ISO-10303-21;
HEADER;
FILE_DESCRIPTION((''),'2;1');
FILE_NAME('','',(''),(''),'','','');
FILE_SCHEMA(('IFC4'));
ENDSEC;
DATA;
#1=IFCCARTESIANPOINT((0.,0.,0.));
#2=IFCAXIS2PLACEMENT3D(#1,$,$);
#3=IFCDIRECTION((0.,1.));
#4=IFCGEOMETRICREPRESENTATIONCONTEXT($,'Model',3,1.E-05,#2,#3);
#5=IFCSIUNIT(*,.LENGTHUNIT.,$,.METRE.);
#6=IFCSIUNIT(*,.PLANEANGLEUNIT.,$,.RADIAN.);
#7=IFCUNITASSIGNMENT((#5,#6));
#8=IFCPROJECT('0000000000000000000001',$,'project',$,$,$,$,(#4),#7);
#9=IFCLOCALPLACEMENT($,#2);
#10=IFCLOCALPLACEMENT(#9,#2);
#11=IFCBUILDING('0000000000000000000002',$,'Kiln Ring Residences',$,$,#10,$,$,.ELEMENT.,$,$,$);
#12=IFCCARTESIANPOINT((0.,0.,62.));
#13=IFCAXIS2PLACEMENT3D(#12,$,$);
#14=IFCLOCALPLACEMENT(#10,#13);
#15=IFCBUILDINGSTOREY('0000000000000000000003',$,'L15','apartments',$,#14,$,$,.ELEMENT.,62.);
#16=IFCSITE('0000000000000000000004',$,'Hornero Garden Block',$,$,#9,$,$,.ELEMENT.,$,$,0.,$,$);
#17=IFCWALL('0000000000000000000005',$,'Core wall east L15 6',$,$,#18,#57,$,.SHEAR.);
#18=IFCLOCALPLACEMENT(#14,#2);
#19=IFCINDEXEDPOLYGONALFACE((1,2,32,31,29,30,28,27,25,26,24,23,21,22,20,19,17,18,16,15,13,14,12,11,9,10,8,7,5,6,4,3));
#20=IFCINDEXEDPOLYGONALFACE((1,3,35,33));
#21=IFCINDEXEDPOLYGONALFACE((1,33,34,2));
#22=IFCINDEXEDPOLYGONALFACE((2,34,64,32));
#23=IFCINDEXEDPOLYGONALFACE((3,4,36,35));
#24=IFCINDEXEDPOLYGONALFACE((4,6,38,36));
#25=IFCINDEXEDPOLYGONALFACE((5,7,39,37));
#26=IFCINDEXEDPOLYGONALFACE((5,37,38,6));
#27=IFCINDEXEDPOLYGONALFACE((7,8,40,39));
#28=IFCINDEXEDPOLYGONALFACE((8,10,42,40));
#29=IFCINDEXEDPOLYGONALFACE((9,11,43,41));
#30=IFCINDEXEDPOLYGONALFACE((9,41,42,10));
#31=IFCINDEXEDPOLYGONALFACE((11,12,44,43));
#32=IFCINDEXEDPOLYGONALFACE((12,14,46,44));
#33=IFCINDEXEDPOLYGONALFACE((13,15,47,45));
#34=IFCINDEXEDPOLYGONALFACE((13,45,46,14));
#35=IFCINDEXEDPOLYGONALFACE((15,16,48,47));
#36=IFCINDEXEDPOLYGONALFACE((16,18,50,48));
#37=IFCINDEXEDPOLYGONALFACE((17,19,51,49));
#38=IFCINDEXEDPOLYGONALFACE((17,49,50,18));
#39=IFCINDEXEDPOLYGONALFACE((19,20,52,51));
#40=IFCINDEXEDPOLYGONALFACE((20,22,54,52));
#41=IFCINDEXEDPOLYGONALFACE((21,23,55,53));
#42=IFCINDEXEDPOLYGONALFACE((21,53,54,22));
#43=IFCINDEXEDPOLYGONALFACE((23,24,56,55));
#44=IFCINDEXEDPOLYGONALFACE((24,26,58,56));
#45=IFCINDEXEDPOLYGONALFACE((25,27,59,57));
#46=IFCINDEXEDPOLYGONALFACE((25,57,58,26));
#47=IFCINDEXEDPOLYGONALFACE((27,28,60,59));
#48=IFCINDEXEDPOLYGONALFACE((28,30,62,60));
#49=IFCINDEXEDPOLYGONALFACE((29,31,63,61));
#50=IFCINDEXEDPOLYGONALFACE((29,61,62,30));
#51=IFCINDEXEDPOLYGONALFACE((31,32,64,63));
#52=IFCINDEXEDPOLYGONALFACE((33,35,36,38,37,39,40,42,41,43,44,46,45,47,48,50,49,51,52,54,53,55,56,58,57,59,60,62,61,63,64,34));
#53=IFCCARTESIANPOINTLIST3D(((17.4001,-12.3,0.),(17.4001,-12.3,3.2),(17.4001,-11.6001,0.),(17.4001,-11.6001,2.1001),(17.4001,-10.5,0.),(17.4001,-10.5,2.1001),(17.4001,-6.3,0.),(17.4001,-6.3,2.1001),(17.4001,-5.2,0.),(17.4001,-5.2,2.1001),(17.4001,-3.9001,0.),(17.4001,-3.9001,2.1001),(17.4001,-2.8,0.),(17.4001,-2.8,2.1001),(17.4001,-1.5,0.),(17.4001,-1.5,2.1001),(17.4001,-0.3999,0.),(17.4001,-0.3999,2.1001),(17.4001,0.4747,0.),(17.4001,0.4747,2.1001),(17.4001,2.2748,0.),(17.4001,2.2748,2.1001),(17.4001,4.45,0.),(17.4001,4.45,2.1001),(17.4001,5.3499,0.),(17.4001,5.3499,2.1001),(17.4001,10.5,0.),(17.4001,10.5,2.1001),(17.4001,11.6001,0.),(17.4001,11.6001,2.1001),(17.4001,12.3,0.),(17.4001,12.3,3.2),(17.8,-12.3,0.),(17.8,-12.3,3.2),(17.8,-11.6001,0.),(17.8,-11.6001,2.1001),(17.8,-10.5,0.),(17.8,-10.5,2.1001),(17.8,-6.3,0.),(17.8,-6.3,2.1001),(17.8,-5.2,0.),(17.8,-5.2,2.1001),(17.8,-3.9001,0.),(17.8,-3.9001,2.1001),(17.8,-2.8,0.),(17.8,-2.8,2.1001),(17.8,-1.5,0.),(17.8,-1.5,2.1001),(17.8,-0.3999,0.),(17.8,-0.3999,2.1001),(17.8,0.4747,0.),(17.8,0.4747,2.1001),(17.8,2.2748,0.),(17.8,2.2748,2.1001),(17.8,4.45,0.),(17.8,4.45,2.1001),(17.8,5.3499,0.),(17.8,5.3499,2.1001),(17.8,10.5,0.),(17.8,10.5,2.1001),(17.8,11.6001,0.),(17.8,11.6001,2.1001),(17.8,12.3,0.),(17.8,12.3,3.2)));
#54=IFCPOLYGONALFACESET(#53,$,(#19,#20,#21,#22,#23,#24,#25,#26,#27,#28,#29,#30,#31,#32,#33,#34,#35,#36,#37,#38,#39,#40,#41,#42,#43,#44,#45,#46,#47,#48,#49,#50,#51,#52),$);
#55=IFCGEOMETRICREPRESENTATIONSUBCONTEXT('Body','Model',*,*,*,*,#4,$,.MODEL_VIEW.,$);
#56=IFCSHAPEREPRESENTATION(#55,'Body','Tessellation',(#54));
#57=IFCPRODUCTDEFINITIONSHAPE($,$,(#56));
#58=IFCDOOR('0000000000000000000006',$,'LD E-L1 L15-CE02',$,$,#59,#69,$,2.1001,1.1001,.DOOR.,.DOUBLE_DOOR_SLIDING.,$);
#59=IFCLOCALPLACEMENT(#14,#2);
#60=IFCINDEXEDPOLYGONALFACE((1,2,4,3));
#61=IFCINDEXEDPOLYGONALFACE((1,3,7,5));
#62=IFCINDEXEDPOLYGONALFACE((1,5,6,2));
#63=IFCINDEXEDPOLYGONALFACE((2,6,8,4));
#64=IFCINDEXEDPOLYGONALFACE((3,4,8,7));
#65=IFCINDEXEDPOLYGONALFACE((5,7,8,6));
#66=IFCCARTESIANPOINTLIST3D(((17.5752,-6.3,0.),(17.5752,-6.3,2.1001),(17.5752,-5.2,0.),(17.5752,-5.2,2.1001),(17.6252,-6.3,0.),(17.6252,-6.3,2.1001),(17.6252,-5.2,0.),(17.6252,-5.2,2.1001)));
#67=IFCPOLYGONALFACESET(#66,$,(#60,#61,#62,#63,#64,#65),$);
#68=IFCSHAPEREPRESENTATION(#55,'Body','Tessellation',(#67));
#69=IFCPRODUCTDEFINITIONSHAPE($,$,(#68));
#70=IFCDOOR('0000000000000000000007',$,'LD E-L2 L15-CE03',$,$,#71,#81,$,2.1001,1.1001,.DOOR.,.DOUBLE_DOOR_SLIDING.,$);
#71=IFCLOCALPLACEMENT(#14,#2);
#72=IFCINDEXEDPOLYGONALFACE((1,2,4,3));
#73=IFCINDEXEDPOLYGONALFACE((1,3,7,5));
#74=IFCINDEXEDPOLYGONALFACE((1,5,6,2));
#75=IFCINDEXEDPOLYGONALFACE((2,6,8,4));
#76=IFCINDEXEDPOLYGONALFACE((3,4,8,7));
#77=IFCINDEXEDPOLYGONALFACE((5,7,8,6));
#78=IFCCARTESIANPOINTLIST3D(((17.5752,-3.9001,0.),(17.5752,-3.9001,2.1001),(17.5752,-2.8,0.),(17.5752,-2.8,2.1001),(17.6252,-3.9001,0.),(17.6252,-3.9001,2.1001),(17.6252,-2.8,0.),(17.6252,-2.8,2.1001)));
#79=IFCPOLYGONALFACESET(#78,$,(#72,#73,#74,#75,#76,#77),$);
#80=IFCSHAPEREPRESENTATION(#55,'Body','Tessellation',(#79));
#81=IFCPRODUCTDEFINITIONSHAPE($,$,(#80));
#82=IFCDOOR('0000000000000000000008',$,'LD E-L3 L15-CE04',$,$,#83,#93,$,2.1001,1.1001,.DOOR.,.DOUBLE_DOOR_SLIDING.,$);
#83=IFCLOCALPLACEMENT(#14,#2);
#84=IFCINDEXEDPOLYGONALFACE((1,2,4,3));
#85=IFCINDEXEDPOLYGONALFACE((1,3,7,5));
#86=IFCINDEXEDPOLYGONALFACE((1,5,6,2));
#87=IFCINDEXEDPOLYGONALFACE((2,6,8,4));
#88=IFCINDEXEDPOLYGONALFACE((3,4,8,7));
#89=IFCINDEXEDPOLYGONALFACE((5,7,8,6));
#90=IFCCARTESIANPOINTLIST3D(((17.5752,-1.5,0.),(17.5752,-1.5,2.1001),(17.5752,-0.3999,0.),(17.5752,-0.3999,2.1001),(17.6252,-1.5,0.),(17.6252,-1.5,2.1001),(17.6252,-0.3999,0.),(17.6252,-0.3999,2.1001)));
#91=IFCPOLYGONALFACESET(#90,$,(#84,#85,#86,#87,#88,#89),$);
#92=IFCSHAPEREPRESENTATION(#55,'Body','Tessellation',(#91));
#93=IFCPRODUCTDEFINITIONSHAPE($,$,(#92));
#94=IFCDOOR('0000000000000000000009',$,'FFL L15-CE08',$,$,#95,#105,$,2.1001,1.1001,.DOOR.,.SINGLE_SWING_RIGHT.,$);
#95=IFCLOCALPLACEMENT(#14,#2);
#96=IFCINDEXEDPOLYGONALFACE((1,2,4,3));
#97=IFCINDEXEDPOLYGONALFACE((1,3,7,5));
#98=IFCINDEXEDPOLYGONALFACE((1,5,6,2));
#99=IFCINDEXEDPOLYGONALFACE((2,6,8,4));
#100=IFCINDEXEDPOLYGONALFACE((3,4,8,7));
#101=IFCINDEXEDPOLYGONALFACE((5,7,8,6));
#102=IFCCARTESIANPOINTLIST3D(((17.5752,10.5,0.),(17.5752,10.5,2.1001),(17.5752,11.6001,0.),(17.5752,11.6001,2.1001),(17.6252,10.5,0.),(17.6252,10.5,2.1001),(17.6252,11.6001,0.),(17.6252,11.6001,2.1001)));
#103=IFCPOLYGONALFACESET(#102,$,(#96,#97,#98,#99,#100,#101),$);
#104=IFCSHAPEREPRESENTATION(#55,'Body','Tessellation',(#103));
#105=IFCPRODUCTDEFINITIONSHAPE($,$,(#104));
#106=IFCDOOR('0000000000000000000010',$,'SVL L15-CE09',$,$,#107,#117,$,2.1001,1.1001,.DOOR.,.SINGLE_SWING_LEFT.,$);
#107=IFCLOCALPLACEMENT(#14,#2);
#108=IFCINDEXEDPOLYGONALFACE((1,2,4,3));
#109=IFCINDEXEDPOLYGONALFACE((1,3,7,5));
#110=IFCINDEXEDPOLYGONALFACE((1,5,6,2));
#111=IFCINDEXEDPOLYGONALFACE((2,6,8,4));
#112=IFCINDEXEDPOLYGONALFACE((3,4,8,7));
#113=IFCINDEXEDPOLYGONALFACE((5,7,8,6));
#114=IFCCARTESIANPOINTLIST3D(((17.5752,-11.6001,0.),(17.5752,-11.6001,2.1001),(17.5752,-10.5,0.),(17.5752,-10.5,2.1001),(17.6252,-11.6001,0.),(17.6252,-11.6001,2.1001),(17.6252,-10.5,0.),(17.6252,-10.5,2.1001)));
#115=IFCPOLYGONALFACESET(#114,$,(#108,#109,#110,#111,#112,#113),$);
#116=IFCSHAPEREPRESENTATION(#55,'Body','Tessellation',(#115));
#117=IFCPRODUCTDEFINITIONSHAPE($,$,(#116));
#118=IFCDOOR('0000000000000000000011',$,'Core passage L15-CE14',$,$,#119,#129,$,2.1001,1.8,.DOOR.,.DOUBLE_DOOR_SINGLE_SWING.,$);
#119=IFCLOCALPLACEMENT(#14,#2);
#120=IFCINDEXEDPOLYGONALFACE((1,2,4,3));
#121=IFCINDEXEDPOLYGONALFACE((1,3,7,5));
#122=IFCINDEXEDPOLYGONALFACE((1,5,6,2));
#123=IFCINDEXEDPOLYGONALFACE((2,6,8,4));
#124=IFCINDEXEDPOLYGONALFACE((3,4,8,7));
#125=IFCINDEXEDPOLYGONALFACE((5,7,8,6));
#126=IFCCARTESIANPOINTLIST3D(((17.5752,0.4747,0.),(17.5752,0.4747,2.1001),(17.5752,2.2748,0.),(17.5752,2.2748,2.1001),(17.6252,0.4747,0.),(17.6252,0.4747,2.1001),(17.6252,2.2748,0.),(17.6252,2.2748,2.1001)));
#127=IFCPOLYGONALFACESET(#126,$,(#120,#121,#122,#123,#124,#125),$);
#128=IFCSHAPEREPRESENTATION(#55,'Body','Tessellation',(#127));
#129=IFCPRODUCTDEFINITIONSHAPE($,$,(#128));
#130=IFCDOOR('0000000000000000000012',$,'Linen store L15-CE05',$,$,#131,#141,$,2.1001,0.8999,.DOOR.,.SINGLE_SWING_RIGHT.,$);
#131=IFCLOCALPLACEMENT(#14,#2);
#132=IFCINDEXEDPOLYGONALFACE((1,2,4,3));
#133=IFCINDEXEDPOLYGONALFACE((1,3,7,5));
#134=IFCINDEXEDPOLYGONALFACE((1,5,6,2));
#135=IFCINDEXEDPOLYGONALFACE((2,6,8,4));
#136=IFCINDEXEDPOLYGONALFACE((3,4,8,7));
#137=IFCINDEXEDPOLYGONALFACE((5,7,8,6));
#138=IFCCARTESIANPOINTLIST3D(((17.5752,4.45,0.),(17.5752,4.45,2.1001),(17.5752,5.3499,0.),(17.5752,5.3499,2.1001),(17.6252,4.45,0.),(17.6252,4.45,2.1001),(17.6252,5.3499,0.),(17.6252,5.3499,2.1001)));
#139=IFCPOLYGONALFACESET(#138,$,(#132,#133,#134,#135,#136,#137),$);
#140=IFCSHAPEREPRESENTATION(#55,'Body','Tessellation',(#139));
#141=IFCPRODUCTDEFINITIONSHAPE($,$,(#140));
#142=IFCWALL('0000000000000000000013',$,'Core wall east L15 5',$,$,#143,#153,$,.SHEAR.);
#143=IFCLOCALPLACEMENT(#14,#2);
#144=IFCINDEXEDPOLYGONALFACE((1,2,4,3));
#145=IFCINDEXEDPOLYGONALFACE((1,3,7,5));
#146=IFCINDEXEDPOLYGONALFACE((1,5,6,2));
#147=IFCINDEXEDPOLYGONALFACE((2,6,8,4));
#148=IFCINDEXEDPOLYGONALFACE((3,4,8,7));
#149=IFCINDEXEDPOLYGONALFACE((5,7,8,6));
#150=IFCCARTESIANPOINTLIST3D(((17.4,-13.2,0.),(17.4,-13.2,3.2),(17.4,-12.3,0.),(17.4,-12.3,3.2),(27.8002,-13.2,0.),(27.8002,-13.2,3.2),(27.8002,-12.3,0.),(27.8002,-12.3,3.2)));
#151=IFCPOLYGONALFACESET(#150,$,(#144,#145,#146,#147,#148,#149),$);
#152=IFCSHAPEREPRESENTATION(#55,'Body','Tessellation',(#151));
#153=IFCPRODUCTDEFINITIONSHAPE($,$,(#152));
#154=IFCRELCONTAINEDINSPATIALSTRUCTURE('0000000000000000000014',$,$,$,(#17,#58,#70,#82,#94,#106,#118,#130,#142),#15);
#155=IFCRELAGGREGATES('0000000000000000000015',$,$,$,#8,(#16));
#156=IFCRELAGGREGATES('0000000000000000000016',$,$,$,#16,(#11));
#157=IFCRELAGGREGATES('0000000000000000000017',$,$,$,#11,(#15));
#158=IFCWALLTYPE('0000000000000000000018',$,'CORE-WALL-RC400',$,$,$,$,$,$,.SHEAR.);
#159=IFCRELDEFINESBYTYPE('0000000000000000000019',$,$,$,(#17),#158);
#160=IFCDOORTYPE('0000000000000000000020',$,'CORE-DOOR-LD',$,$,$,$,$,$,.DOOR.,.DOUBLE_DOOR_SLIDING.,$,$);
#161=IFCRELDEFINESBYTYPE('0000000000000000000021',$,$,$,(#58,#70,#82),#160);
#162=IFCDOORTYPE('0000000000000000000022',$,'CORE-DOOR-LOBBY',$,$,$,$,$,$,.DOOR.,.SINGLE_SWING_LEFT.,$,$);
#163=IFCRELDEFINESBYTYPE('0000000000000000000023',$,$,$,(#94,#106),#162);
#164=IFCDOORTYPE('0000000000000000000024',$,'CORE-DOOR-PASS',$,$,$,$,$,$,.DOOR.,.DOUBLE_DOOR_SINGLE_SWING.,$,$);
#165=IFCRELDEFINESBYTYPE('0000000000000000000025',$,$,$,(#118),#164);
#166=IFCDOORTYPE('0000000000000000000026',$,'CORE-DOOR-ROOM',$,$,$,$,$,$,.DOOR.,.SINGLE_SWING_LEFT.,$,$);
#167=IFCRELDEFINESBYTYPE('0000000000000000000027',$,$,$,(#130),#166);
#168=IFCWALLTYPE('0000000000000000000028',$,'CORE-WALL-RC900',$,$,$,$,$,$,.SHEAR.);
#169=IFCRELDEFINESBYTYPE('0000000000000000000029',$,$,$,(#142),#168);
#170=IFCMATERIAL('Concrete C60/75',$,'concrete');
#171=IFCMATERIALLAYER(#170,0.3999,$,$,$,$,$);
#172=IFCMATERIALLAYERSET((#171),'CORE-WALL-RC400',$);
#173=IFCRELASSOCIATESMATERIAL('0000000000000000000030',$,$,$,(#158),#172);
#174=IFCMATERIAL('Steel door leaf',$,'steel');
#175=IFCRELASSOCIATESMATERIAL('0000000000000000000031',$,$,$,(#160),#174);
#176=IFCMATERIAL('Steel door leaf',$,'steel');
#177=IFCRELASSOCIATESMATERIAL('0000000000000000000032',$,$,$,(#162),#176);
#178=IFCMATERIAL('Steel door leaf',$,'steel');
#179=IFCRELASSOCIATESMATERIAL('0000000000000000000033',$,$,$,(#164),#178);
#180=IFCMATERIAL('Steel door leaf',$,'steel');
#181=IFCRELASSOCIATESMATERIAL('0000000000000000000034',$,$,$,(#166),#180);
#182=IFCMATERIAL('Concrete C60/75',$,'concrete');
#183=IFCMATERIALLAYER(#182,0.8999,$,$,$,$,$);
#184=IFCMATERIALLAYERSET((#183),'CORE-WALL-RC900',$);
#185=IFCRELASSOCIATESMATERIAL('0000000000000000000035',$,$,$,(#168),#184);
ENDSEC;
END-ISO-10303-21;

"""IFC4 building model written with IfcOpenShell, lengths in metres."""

from ifc_helpers import new_model, si_unit, direction, frame, frame_2d, origin, place, context, subcontext, project, spatial, rectangle, extrude, material, layer, layer_set, type_object, element, fill, save


model = new_model("IFC4")

# Units and contexts
model_context = context("Model", 3, precision=1e-05, world=origin(), true_north=direction((0.0, 1.0)))
body_context = subcontext(model_context, "Body", "Model", "MODEL_VIEW")
ifc_project = project(units=[si_unit("LENGTHUNIT", "METRE"), si_unit("PLANEANGLEUNIT", "RADIAN")], contexts=[model_context])

# Site, building, storey
site_placement = place(None, origin())
site = spatial("IfcSite", under=ifc_project, at=site_placement, Name="Hornero Garden Block", CompositionType="ELEMENT", RefElevation=0.0)
building_placement = place(site_placement, origin())
building = spatial("IfcBuilding", under=site, at=building_placement, Name="Kiln Ring Residences", CompositionType="ELEMENT")
storey_placement = place(building_placement, frame((0.0, 0.0, 62.0)))
storey = spatial("IfcBuildingStorey", under=building, at=storey_placement, Name="L15", Description="apartments", CompositionType="ELEMENT", Elevation=62.0)

# Wall, openings, doors
ifc_material_1 = material(Name="Concrete C60/75", Category="concrete")
ifc_layer_1 = layer(ifc_material_1, 0.3999)
ifc_layer_set_1 = layer_set([ifc_layer_1], Name="CORE-WALL-RC400")
wall_type_1 = type_object("IfcWallType", Name="CORE-WALL-RC400", PredefinedType="SHEAR", material=ifc_layer_set_1)
wall_1_placement = place(storey_placement, frame((17.6001, -12.3, 0.0), z_axis=(0.0, 0.0, 1.0), x_axis=(0.0, 1.0, 0.0)))
wall_1 = element("IfcWall", 1, at=wall_1_placement, inside=storey, type_object=wall_type_1, Name="Core wall east L15 6", PredefinedType="SHEAR", context=body_context, shape_type="SweptSolid", body=[
    extrude(rectangle(XDim=24.6001, YDim=0.3999, at=frame_2d((12.3, 0.0))), origin(), (0.0, 0.0, 1.0), 3.2),
])
opening_1_placement = place(wall_1_placement, frame((6.0, 0.0, 0.0)))
opening_1 = element("IfcOpeningElement", 2, at=opening_1_placement, cuts=wall_1, PredefinedType="OPENING", context=body_context, shape_type="SweptSolid", body=[
    extrude(rectangle(XDim=1.1001, YDim=2.1001, at=frame_2d((0.55, 1.05))), frame((0.0, 0.21, 0.0), z_axis=(0.0, -1.0, 0.0), x_axis=(1.0, 0.0, 0.0)), (0.0, 0.0, 1.0), 0.4199),
])
opening_2_placement = place(wall_1_placement, frame((8.3999, 0.0, 0.0)))
opening_2 = element("IfcOpeningElement", 3, at=opening_2_placement, cuts=wall_1, PredefinedType="OPENING", context=body_context, shape_type="SweptSolid", body=[
    extrude(rectangle(XDim=1.1001, YDim=2.1001, at=frame_2d((0.55, 1.05))), frame((0.0, 0.21, 0.0), z_axis=(0.0, -1.0, 0.0), x_axis=(1.0, 0.0, 0.0)), (0.0, 0.0, 1.0), 0.4199),
])
opening_3_placement = place(wall_1_placement, frame((10.8, 0.0, 0.0)))
opening_3 = element("IfcOpeningElement", 4, at=opening_3_placement, cuts=wall_1, PredefinedType="OPENING", context=body_context, shape_type="SweptSolid", body=[
    extrude(rectangle(XDim=1.1001, YDim=2.1001, at=frame_2d((0.55, 1.05))), frame((0.0, 0.21, 0.0), z_axis=(0.0, -1.0, 0.0), x_axis=(1.0, 0.0, 0.0)), (0.0, 0.0, 1.0), 0.4199),
])
opening_4_placement = place(wall_1_placement, frame((16.75, 0.0, 0.0)))
opening_4 = element("IfcOpeningElement", 5, at=opening_4_placement, cuts=wall_1, PredefinedType="OPENING", context=body_context, shape_type="SweptSolid", body=[
    extrude(rectangle(XDim=0.8999, YDim=2.1001, at=frame_2d((0.45, 1.05))), frame((0.0, 0.21, 0.0), z_axis=(0.0, -1.0, 0.0), x_axis=(1.0, 0.0, 0.0)), (0.0, 0.0, 1.0), 0.4199),
])
opening_5_placement = place(wall_1_placement, frame((22.8, 0.0, 0.0)))
opening_5 = element("IfcOpeningElement", 6, at=opening_5_placement, cuts=wall_1, PredefinedType="OPENING", context=body_context, shape_type="SweptSolid", body=[
    extrude(rectangle(XDim=1.1001, YDim=2.1001, at=frame_2d((0.55, 1.05))), frame((0.0, 0.21, 0.0), z_axis=(0.0, -1.0, 0.0), x_axis=(1.0, 0.0, 0.0)), (0.0, 0.0, 1.0), 0.4199),
])
opening_6_placement = place(wall_1_placement, frame((0.7, 0.0, 0.0)))
opening_6 = element("IfcOpeningElement", 7, at=opening_6_placement, cuts=wall_1, PredefinedType="OPENING", context=body_context, shape_type="SweptSolid", body=[
    extrude(rectangle(XDim=1.1001, YDim=2.1001, at=frame_2d((0.55, 1.05))), frame((0.0, 0.21, 0.0), z_axis=(0.0, -1.0, 0.0), x_axis=(1.0, 0.0, 0.0)), (0.0, 0.0, 1.0), 0.4199),
])
opening_7_placement = place(wall_1_placement, frame((12.7749, 0.0, 0.0)))
opening_7 = element("IfcOpeningElement", 8, at=opening_7_placement, cuts=wall_1, PredefinedType="OPENING", context=body_context, shape_type="SweptSolid", body=[
    extrude(rectangle(XDim=1.8, YDim=2.1001, at=frame_2d((0.8999, 1.05))), frame((0.0, 0.21, 0.0), z_axis=(0.0, -1.0, 0.0), x_axis=(1.0, 0.0, 0.0)), (0.0, 0.0, 1.0), 0.4199),
])
ifc_material_2 = material(Name="Steel door leaf", Category="steel")
door_type_1 = type_object("IfcDoorType", Name="CORE-DOOR-LD", OperationType="DOUBLE_DOOR_SLIDING", PredefinedType="DOOR", material=ifc_material_2)
door_1_placement = place(opening_1_placement, origin())
door_1 = element("IfcDoor", 9, at=door_1_placement, inside=storey, type_object=door_type_1, Name="LD E-L1 L15-CE02", OperationType="DOUBLE_DOOR_SLIDING", OverallHeight=2.1001, OverallWidth=1.1001, PredefinedType="DOOR", context=body_context, shape_type="SweptSolid", body=[
    extrude(rectangle(XDim=1.1001, YDim=2.1001, at=frame_2d((0.55, 1.05))), frame((0.0, 0.0249, 0.0), z_axis=(0.0, -1.0, 0.0), x_axis=(1.0, 0.0, 0.0)), (0.0, 0.0, 1.0), 0.05),
])
fill(opening_1, door_1)
door_2_placement = place(opening_2_placement, origin())
door_2 = element("IfcDoor", 10, at=door_2_placement, inside=storey, type_object=door_type_1, Name="LD E-L2 L15-CE03", OperationType="DOUBLE_DOOR_SLIDING", OverallHeight=2.1001, OverallWidth=1.1001, PredefinedType="DOOR", context=body_context, shape_type="SweptSolid", body=[
    extrude(rectangle(XDim=1.1001, YDim=2.1001, at=frame_2d((0.55, 1.05))), frame((0.0, 0.0249, 0.0), z_axis=(0.0, -1.0, 0.0), x_axis=(1.0, 0.0, 0.0)), (0.0, 0.0, 1.0), 0.05),
])
fill(opening_2, door_2)
door_3_placement = place(opening_3_placement, origin())
door_3 = element("IfcDoor", 11, at=door_3_placement, inside=storey, type_object=door_type_1, Name="LD E-L3 L15-CE04", OperationType="DOUBLE_DOOR_SLIDING", OverallHeight=2.1001, OverallWidth=1.1001, PredefinedType="DOOR", context=body_context, shape_type="SweptSolid", body=[
    extrude(rectangle(XDim=1.1001, YDim=2.1001, at=frame_2d((0.55, 1.05))), frame((0.0, 0.0249, 0.0), z_axis=(0.0, -1.0, 0.0), x_axis=(1.0, 0.0, 0.0)), (0.0, 0.0, 1.0), 0.05),
])
fill(opening_3, door_3)
ifc_material_3 = material(Name="Steel door leaf", Category="steel")
door_type_2 = type_object("IfcDoorType", Name="CORE-DOOR-LOBBY", OperationType="SINGLE_SWING_LEFT", PredefinedType="DOOR", material=ifc_material_3)
door_4_placement = place(opening_5_placement, origin())
door_4 = element("IfcDoor", 12, at=door_4_placement, inside=storey, type_object=door_type_2, Name="FFL L15-CE08", OperationType="SINGLE_SWING_RIGHT", OverallHeight=2.1001, OverallWidth=1.1001, PredefinedType="DOOR", context=body_context, shape_type="SweptSolid", body=[
    extrude(rectangle(XDim=1.1001, YDim=2.1001, at=frame_2d((0.55, 1.05))), frame((0.0, 0.0249, 0.0), z_axis=(0.0, -1.0, 0.0), x_axis=(1.0, 0.0, 0.0)), (0.0, 0.0, 1.0), 0.05),
])
fill(opening_5, door_4)
door_5_placement = place(opening_6_placement, origin())
door_5 = element("IfcDoor", 13, at=door_5_placement, inside=storey, type_object=door_type_2, Name="SVL L15-CE09", OperationType="SINGLE_SWING_LEFT", OverallHeight=2.1001, OverallWidth=1.1001, PredefinedType="DOOR", context=body_context, shape_type="SweptSolid", body=[
    extrude(rectangle(XDim=1.1001, YDim=2.1001, at=frame_2d((0.55, 1.05))), frame((0.0, 0.0249, 0.0), z_axis=(0.0, -1.0, 0.0), x_axis=(1.0, 0.0, 0.0)), (0.0, 0.0, 1.0), 0.05),
])
fill(opening_6, door_5)
ifc_material_4 = material(Name="Steel door leaf", Category="steel")
door_type_3 = type_object("IfcDoorType", Name="CORE-DOOR-PASS", OperationType="DOUBLE_DOOR_SINGLE_SWING", PredefinedType="DOOR", material=ifc_material_4)
door_6_placement = place(opening_7_placement, origin())
door_6 = element("IfcDoor", 14, at=door_6_placement, inside=storey, type_object=door_type_3, Name="Core passage L15-CE14", OperationType="DOUBLE_DOOR_SINGLE_SWING", OverallHeight=2.1001, OverallWidth=1.8, PredefinedType="DOOR", context=body_context, shape_type="SweptSolid", body=[
    extrude(rectangle(XDim=1.8, YDim=2.1001, at=frame_2d((0.8999, 1.05))), frame((0.0, 0.0249, 0.0), z_axis=(0.0, -1.0, 0.0), x_axis=(1.0, 0.0, 0.0)), (0.0, 0.0, 1.0), 0.05),
])
fill(opening_7, door_6)
ifc_material_5 = material(Name="Steel door leaf", Category="steel")
door_type_4 = type_object("IfcDoorType", Name="CORE-DOOR-ROOM", OperationType="SINGLE_SWING_LEFT", PredefinedType="DOOR", material=ifc_material_5)
door_7_placement = place(opening_4_placement, origin())
door_7 = element("IfcDoor", 15, at=door_7_placement, inside=storey, type_object=door_type_4, Name="Linen store L15-CE05", OperationType="SINGLE_SWING_RIGHT", OverallHeight=2.1001, OverallWidth=0.8999, PredefinedType="DOOR", context=body_context, shape_type="SweptSolid", body=[
    extrude(rectangle(XDim=0.8999, YDim=2.1001, at=frame_2d((0.45, 1.05))), frame((0.0, 0.0249, 0.0), z_axis=(0.0, -1.0, 0.0), x_axis=(1.0, 0.0, 0.0)), (0.0, 0.0, 1.0), 0.05),
])
fill(opening_4, door_7)

# Wall
ifc_material_6 = material(Name="Concrete C60/75", Category="concrete")
ifc_layer_2 = layer(ifc_material_6, 0.8999)
ifc_layer_set_2 = layer_set([ifc_layer_2], Name="CORE-WALL-RC900")
wall_type_2 = type_object("IfcWallType", Name="CORE-WALL-RC900", PredefinedType="SHEAR", material=ifc_layer_set_2)
wall_2_placement = place(storey_placement, frame((17.3999, -12.75, 0.0), z_axis=(0.0, 0.0, 1.0), x_axis=(1.0, 0.0, 0.0)))
element("IfcWall", 16, at=wall_2_placement, inside=storey, type_object=wall_type_2, Name="Core wall east L15 5", PredefinedType="SHEAR", context=body_context, shape_type="SweptSolid", body=[
    extrude(rectangle(XDim=10.4001, YDim=0.8999, at=frame_2d((5.2002, 0.0))), origin(), (0.0, 0.0, 1.0), 3.2),
])

save(model, "model.ifc")
